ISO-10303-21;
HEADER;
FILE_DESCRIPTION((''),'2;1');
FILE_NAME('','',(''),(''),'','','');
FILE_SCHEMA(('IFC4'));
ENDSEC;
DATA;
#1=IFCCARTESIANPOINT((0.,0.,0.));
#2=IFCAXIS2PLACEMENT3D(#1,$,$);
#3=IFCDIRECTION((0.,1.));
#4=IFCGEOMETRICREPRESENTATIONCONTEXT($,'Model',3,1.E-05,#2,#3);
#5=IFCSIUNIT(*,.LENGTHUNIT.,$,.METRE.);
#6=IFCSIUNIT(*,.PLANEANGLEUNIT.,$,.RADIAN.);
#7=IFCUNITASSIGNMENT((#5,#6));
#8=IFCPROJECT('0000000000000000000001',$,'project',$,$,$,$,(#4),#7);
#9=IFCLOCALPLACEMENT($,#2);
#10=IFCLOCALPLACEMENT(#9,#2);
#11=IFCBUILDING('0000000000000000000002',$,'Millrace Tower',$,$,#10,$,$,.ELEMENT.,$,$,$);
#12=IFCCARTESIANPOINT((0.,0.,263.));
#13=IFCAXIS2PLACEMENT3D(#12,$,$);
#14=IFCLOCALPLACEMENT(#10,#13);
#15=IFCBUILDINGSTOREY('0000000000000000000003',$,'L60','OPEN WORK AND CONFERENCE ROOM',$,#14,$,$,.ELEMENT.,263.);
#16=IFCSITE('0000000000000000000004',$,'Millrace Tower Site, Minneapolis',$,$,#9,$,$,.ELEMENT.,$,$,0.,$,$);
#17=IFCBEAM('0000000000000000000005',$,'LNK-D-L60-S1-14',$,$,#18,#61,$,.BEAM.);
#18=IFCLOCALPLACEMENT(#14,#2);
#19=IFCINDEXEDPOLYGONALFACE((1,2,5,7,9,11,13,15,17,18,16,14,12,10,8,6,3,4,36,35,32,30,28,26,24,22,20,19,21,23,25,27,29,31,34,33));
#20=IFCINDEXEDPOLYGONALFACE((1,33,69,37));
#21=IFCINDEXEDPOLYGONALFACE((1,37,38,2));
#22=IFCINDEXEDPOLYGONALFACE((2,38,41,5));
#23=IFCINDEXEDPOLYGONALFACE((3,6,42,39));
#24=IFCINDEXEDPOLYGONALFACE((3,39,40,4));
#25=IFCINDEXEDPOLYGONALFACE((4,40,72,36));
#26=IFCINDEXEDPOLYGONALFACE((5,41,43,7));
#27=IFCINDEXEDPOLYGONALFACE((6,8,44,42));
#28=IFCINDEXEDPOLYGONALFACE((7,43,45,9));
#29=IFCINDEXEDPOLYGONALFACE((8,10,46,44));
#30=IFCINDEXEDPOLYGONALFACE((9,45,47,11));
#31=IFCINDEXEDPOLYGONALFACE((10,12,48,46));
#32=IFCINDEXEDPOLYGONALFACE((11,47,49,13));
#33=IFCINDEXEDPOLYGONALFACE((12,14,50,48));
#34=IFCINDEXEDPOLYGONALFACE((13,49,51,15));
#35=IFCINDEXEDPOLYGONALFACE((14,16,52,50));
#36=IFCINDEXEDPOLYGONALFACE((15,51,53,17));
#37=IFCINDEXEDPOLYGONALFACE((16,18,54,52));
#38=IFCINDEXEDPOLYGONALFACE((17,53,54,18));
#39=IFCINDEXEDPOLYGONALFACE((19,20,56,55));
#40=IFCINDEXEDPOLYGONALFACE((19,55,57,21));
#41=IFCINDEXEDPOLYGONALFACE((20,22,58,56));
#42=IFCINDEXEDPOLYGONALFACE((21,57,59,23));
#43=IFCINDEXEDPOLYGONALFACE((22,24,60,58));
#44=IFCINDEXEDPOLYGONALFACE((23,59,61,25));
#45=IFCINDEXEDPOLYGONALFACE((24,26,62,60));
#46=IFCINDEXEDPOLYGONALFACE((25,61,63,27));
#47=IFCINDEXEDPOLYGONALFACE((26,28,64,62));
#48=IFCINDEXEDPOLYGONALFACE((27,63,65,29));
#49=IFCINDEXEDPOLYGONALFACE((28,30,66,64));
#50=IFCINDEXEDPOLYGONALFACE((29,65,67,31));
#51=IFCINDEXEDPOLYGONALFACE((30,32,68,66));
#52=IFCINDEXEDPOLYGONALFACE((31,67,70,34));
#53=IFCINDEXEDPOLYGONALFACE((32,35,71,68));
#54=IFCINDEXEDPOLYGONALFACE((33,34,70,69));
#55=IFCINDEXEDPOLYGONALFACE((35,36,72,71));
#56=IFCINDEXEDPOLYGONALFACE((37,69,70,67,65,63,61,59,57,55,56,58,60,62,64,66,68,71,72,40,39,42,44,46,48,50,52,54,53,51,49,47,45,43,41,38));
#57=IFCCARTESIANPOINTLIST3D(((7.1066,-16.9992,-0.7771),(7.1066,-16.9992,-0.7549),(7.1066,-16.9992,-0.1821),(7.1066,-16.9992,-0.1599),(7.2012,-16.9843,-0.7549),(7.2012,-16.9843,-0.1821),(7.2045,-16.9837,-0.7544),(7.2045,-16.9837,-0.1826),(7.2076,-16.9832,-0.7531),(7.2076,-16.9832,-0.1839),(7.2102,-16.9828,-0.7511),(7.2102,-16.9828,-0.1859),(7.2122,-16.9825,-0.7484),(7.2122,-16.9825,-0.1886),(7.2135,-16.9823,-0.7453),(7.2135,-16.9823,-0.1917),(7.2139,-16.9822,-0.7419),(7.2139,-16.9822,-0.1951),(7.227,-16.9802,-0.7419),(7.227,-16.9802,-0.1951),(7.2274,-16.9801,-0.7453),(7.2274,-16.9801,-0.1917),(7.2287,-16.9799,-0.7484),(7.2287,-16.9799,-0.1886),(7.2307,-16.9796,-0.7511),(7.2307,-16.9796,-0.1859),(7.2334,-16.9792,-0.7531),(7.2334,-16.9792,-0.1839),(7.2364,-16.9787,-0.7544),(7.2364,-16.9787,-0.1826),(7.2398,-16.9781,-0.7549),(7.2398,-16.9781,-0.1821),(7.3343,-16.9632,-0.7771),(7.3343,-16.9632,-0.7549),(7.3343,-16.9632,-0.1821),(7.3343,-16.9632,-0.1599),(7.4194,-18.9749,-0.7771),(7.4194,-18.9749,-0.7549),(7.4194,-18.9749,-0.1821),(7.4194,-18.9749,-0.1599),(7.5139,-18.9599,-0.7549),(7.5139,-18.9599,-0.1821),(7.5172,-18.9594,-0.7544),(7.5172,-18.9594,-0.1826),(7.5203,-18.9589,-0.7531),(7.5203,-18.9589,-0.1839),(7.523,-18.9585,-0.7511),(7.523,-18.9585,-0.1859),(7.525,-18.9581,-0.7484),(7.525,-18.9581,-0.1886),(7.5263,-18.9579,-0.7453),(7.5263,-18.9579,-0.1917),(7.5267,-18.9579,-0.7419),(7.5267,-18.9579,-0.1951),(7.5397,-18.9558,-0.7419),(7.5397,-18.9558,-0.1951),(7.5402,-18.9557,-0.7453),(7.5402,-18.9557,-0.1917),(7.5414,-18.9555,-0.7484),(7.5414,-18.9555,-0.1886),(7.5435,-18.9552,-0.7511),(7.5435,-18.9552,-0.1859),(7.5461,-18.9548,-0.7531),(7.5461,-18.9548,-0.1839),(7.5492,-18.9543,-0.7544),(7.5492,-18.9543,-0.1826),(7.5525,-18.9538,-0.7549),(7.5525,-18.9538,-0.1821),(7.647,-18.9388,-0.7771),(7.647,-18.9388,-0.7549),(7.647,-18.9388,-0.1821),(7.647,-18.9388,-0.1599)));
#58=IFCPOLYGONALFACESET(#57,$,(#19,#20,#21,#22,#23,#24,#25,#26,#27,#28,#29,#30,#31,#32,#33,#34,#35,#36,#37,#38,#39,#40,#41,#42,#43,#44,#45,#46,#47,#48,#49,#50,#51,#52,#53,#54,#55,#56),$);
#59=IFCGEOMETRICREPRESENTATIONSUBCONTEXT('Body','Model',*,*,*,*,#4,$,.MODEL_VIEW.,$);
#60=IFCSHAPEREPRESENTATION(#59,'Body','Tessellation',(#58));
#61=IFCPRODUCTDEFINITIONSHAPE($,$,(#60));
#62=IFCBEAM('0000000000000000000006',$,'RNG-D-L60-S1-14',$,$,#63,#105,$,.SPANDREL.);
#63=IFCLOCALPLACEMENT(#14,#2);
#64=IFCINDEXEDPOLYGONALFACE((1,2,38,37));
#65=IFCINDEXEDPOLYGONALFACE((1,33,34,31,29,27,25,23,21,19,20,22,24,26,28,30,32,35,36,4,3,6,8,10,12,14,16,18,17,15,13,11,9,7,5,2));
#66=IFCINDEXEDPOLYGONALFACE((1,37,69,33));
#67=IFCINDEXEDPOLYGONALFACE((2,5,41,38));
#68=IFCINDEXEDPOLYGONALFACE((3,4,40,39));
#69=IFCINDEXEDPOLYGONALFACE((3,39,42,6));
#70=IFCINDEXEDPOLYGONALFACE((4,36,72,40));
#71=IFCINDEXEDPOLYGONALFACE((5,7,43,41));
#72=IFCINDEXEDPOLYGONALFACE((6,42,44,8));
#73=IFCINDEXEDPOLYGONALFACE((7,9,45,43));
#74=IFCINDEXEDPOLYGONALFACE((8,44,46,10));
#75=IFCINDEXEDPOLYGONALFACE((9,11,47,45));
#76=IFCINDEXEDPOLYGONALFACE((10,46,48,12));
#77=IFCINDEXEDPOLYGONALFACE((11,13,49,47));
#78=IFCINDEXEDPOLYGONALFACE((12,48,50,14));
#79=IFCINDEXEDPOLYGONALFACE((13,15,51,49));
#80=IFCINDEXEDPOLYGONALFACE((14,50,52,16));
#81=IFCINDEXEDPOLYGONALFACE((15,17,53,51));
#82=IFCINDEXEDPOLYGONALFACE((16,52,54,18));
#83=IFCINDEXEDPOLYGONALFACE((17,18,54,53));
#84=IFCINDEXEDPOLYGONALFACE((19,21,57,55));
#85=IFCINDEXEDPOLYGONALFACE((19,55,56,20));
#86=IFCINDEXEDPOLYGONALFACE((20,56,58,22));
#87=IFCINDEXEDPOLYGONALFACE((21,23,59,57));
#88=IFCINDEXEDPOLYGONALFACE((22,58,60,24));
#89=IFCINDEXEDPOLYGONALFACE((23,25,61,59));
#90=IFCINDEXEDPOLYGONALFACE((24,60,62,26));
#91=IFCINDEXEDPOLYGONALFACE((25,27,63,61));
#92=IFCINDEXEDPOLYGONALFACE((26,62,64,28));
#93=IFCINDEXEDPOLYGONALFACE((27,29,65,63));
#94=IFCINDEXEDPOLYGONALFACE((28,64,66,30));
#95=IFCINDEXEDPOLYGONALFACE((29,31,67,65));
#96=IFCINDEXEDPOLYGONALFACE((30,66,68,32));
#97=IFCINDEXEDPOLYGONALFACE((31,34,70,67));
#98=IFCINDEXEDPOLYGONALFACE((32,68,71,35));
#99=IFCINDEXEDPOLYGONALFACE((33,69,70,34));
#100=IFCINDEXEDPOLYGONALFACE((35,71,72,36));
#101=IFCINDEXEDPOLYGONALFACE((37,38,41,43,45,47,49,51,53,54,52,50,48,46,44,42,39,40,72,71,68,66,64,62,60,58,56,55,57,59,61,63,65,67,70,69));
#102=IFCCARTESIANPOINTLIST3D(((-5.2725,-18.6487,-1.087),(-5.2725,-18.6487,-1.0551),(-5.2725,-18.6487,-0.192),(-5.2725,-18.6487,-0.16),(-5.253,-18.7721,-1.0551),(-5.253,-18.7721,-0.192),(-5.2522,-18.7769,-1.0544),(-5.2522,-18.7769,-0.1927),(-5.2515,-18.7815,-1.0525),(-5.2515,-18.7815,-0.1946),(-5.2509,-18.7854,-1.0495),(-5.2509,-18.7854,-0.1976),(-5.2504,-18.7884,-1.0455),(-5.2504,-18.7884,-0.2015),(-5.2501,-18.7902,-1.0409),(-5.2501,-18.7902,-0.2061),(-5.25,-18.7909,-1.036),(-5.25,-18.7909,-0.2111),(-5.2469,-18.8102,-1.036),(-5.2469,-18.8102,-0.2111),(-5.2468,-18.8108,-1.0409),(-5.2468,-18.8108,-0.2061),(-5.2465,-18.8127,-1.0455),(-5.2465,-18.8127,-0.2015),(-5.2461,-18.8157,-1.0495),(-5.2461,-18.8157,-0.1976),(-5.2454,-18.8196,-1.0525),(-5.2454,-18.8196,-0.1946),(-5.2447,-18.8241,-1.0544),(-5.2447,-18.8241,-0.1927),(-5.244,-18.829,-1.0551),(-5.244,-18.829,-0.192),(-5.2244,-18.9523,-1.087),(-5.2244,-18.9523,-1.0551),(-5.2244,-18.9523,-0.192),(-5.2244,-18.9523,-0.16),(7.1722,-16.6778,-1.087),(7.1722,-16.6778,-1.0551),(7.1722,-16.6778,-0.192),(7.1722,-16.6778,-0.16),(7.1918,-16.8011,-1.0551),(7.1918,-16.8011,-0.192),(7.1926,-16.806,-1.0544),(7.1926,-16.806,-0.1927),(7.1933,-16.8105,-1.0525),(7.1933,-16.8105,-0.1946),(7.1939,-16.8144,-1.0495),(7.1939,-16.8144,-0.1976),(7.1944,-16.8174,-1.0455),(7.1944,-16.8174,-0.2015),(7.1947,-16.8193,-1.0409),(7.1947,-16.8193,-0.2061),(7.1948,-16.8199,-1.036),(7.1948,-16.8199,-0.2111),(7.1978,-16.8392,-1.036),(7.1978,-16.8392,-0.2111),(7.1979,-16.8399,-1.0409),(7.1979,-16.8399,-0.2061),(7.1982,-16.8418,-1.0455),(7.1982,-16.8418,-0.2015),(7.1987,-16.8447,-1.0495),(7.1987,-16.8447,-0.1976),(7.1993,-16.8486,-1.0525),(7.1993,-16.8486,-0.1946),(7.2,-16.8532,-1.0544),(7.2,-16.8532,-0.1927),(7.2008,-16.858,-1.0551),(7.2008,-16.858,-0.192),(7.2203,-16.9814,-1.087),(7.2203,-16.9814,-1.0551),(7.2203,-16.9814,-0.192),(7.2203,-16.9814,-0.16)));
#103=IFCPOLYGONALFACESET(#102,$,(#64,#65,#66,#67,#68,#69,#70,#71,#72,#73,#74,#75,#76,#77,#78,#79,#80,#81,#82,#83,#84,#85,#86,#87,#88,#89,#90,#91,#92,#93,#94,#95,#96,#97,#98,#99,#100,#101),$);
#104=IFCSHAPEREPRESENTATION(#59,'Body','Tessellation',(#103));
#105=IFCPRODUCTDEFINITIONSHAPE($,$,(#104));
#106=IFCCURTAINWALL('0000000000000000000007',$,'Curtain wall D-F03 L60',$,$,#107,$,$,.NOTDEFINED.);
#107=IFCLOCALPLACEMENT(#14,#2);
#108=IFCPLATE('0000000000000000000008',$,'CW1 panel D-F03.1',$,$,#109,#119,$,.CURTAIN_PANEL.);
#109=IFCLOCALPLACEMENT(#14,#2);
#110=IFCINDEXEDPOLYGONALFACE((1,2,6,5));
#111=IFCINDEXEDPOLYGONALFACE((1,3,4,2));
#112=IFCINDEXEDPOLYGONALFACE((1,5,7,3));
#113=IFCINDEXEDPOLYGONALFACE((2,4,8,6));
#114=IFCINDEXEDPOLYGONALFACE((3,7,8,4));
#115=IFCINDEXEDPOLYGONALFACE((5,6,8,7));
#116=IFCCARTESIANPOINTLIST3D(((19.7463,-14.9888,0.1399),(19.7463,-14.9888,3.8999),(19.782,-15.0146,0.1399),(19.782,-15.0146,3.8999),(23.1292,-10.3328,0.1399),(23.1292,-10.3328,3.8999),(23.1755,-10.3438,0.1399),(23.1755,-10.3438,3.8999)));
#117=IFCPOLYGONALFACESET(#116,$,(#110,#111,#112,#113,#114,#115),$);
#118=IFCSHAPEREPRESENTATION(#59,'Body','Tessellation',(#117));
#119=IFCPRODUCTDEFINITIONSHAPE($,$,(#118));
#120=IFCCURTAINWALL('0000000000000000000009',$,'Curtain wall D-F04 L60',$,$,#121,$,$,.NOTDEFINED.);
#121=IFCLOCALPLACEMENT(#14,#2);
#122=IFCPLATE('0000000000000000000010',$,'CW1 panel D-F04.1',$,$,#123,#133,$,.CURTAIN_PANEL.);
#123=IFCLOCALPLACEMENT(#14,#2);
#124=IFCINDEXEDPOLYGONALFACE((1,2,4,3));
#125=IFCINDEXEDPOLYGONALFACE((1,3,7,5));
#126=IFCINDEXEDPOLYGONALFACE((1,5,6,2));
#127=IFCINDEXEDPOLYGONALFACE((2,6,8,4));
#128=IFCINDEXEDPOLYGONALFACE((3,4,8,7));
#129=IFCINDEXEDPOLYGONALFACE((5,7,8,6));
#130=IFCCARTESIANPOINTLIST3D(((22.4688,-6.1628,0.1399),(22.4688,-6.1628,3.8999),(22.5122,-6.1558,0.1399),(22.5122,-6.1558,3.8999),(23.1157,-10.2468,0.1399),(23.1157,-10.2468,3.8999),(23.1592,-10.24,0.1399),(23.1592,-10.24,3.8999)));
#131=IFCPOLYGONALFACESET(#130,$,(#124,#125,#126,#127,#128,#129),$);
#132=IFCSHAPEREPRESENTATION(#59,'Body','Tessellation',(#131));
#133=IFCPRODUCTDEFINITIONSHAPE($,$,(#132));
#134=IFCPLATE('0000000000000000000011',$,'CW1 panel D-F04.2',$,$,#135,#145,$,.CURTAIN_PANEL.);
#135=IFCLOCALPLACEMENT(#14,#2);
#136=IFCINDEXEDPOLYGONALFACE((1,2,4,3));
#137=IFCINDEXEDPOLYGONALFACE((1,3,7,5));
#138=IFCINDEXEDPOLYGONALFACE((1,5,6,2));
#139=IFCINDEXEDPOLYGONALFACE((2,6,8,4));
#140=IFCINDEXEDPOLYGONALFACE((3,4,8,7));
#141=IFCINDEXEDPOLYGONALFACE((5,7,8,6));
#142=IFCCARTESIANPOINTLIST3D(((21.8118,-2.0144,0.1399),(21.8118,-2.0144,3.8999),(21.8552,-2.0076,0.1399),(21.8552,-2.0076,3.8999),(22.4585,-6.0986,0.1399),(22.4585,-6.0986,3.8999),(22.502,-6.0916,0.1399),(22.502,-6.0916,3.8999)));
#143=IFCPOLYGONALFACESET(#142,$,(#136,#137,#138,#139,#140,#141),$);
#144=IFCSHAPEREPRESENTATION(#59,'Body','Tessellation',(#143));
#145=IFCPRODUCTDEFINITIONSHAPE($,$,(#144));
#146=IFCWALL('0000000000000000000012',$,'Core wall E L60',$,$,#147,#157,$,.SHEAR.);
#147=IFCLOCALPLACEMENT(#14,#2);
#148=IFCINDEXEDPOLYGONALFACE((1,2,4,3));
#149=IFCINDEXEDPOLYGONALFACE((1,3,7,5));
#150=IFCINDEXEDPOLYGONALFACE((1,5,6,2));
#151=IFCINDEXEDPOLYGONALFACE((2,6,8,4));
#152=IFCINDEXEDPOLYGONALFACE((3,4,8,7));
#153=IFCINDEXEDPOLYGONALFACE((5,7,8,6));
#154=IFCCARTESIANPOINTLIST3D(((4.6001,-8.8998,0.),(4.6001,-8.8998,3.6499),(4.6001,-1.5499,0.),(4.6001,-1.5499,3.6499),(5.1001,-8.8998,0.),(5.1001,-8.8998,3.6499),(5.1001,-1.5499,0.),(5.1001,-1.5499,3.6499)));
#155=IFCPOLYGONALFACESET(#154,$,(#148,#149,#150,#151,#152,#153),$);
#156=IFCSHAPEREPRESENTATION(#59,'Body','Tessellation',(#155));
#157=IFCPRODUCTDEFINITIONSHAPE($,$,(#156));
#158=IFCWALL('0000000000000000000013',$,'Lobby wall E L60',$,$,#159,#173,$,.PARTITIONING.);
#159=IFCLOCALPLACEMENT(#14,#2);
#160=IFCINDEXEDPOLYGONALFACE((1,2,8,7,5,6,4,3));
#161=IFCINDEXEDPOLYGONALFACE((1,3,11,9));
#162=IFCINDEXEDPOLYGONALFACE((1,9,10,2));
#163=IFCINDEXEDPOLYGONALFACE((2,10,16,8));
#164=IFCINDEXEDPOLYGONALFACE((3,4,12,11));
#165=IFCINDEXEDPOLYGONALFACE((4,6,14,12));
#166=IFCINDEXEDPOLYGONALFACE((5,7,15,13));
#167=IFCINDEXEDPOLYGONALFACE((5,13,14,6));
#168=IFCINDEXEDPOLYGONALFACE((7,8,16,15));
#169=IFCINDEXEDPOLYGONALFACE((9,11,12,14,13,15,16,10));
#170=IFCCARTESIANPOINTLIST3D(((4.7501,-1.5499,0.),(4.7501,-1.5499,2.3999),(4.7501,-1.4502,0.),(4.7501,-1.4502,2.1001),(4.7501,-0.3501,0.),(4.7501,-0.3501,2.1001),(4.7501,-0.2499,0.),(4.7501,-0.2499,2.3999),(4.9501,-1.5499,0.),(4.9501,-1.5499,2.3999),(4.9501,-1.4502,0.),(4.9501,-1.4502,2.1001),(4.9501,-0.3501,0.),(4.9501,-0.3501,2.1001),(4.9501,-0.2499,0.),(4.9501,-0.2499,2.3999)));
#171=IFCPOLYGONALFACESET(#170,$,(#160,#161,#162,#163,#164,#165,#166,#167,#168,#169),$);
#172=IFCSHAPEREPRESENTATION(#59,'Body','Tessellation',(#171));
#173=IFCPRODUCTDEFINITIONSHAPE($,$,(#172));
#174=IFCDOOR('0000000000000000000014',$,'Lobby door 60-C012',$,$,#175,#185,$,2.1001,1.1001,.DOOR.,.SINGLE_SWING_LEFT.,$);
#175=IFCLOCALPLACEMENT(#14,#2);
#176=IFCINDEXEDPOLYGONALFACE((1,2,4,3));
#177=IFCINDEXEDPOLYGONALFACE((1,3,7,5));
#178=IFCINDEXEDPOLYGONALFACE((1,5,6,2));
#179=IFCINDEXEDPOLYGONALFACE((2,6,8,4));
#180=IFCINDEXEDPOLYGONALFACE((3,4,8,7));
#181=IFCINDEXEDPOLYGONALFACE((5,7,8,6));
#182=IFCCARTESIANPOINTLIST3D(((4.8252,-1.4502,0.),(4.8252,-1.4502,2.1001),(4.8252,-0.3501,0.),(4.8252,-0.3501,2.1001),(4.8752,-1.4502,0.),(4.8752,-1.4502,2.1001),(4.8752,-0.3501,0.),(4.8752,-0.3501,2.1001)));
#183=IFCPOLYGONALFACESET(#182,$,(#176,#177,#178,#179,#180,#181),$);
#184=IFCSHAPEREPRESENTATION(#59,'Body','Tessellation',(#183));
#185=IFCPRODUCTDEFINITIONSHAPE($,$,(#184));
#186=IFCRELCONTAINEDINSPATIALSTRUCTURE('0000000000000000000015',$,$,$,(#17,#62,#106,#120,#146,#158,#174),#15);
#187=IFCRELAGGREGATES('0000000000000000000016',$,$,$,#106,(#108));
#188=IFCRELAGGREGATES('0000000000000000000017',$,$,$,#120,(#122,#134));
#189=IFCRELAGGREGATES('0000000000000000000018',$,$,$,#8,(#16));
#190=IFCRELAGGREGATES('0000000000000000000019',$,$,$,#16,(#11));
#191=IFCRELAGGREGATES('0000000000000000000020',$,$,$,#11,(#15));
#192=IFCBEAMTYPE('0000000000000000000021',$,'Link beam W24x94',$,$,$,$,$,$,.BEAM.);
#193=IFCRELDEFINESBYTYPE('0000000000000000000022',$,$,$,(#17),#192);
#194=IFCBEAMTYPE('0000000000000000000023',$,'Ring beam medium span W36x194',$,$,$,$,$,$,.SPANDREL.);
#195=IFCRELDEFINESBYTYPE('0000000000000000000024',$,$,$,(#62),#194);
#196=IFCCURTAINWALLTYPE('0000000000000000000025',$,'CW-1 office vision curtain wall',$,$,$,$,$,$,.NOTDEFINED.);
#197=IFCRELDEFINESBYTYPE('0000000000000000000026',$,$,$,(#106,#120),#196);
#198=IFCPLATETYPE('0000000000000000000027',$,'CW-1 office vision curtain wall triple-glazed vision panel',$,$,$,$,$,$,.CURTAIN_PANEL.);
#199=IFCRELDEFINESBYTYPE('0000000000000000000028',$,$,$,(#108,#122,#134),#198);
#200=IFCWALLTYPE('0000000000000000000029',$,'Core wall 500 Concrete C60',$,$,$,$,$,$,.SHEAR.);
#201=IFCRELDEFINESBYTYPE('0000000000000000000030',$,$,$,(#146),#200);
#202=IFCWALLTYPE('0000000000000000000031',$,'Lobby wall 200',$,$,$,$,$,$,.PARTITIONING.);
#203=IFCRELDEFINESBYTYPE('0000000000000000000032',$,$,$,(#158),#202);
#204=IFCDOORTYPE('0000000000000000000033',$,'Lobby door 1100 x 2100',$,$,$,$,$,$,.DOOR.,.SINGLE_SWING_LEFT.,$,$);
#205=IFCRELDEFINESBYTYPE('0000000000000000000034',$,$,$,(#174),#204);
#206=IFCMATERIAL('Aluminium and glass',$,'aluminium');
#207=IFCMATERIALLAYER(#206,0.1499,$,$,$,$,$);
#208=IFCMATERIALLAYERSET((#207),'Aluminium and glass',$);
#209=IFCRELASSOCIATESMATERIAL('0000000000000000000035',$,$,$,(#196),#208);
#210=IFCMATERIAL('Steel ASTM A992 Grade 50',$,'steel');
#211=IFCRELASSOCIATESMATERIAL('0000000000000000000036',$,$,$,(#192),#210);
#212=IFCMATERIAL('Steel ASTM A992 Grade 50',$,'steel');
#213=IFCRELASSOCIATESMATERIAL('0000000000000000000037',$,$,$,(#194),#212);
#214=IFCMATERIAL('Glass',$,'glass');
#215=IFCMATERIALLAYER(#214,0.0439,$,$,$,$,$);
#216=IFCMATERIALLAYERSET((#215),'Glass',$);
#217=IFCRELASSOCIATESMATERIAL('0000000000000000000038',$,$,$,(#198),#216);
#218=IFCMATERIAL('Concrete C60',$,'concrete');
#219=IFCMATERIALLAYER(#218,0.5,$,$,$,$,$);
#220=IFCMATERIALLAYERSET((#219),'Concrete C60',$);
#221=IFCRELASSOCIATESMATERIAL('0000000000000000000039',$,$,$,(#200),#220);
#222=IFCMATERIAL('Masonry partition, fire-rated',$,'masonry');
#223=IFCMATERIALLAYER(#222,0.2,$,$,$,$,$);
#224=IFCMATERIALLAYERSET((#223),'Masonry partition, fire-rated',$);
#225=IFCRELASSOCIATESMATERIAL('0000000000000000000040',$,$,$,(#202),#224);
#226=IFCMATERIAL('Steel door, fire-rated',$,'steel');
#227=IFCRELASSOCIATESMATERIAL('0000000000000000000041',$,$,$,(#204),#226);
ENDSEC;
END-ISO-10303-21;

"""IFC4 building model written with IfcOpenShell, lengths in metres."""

from ifc_helpers import new_model, si_unit, direction, frame, frame_2d, origin, origin_2d, place, context, subcontext, project, spatial, polyline, rectangle, i_section, outline, extrude, material, layer, layer_set, material_profile, profile_set, type_object, element, fill, aggregate, save


model = new_model("IFC4")

# Units and contexts
model_context = context("Model", 3, precision=1e-05, world=origin(), true_north=direction((0.0, 1.0)))
body_context = subcontext(model_context, "Body", "Model", "MODEL_VIEW")
ifc_project = project(units=[si_unit("LENGTHUNIT", "METRE"), si_unit("PLANEANGLEUNIT", "RADIAN")], contexts=[model_context])

# Site, building, storey
site_placement = place(None, origin())
site = spatial("IfcSite", under=ifc_project, at=site_placement, Name="Millrace Tower Site, Minneapolis", CompositionType="ELEMENT", RefElevation=0.0)
building_placement = place(site_placement, origin())
building = spatial("IfcBuilding", under=site, at=building_placement, Name="Millrace Tower", CompositionType="ELEMENT")
storey_placement = place(building_placement, frame((0.0, 0.0, 263.0)))
storey = spatial("IfcBuildingStorey", under=building, at=storey_placement, Name="L60", Description="OPEN WORK AND CONFERENCE ROOM", CompositionType="ELEMENT", Elevation=263.0)

# Shared definitions
ifc_material_1 = material(Name="Aluminium and glass", Category="aluminium")
ifc_layer_1 = layer(ifc_material_1, 0.1499)
ifc_layer_set_1 = layer_set([ifc_layer_1], Name="Aluminium and glass")
curtain_wall_type = type_object("IfcCurtainWallType", Name="CW-1 office vision curtain wall", PredefinedType="NOTDEFINED", material=ifc_layer_set_1)
placement_1 = place(storey_placement, origin())

# Beams
ifc_material_2 = material(Name="Steel ASTM A992 Grade 50", Category="steel")
ifc_material_profile_1 = material_profile(ifc_material_2, i_section(OverallWidth=0.2305, OverallDepth=0.6172, WebThickness=0.0132, FlangeThickness=0.0222, FilletRadius=0.0129, at=origin_2d()))
ifc_profile_set_1 = profile_set([ifc_material_profile_1], Name="Steel ASTM A992 Grade 50")
beam_type_1 = type_object("IfcBeamType", Name="Link beam W24x94", PredefinedType="BEAM", material=ifc_profile_set_1)
beam_1_placement = place(storey_placement, frame((7.2205, -16.9812, -0.4685), z_axis=(0.156357, -0.987701, 0.0), x_axis=(0.987701, 0.156357, 0.0)))
element("IfcBeam", 1, at=beam_1_placement, inside=storey, type_object=beam_type_1, Name="LNK-D-L60-S1-14", PredefinedType="BEAM", context=body_context, shape_type="SweptSolid", body=[
    extrude(i_section(OverallWidth=0.2305, OverallDepth=0.6172, WebThickness=0.0132, FlangeThickness=0.0222, FilletRadius=0.0129, at=origin_2d()), origin(), (0.0, 0.0, 1.0), 2.0002),
])
ifc_material_3 = material(Name="Steel ASTM A992 Grade 50", Category="steel")
ifc_material_profile_2 = material_profile(ifc_material_3, i_section(OverallWidth=0.3074, OverallDepth=0.927, WebThickness=0.0195, FlangeThickness=0.032, FilletRadius=0.019, at=origin_2d()))
ifc_profile_set_2 = profile_set([ifc_material_profile_2], Name="Steel ASTM A992 Grade 50")
beam_type_2 = type_object("IfcBeamType", Name="Ring beam medium span W36x194", PredefinedType="SPANDREL", material=ifc_profile_set_2)
beam_2_placement = place(storey_placement, frame((7.1963, -16.8296, -0.6235), z_axis=(-0.98769, -0.156425, 0.0), x_axis=(0.156425, -0.98769, 0.0)))
element("IfcBeam", 2, at=beam_2_placement, inside=storey, type_object=beam_type_2, Name="RNG-D-L60-S1-14", PredefinedType="SPANDREL", context=body_context, shape_type="SweptSolid", body=[
    extrude(i_section(OverallWidth=0.3074, OverallDepth=0.927, WebThickness=0.0195, FlangeThickness=0.032, FilletRadius=0.019, at=origin_2d()), origin(), (0.0, 0.0, 1.0), 12.5999),
])

# Curtain wall, plate
curtain_wall_1 = element("IfcCurtainWall", 3, at=placement_1, inside=storey, type_object=curtain_wall_type, Name="Curtain wall D-F03 L60", PredefinedType="NOTDEFINED")
ifc_material_4 = material(Name="Glass", Category="glass")
ifc_layer_2 = layer(ifc_material_4, 0.0439)
ifc_layer_set_2 = layer_set([ifc_layer_2], Name="Glass")
plate_type = type_object("IfcPlateType", Name="CW-1 office vision curtain wall triple-glazed vision panel", PredefinedType="CURTAIN_PANEL", material=ifc_layer_set_2)
placement_2 = place(storey_placement, frame((0.0, 0.0, 0.1399)))
plate_1 = element("IfcPlate", 4, at=placement_2, type_object=plate_type, Name="CW1 panel D-F03.1", PredefinedType="CURTAIN_PANEL", context=body_context, shape_type="SweptSolid", body=[
    extrude(outline(polyline([(19.782, -15.0146), (23.1755, -10.3438), (23.1292, -10.3328), (19.7463, -14.9888), (19.782, -15.0146)])), origin(), (0.0, 0.0, 1.0), 3.76),
])
aggregate(curtain_wall_1, [plate_1])

# Curtain wall, plates
curtain_wall_2 = element("IfcCurtainWall", 5, at=placement_1, inside=storey, type_object=curtain_wall_type, Name="Curtain wall D-F04 L60", PredefinedType="NOTDEFINED")
plate_2 = element("IfcPlate", 6, at=placement_2, type_object=plate_type, Name="CW1 panel D-F04.1", PredefinedType="CURTAIN_PANEL", context=body_context, shape_type="SweptSolid", body=[
    extrude(outline(polyline([(23.1592, -10.24), (22.5122, -6.1558), (22.4688, -6.1628), (23.1157, -10.2468), (23.1592, -10.24)])), origin(), (0.0, 0.0, 1.0), 3.76),
])
plate_3 = element("IfcPlate", 7, at=placement_2, type_object=plate_type, Name="CW1 panel D-F04.2", PredefinedType="CURTAIN_PANEL", context=body_context, shape_type="SweptSolid", body=[
    extrude(outline(polyline([(22.502, -6.0916), (21.8552, -2.0076), (21.8118, -2.0144), (22.4585, -6.0986), (22.502, -6.0916)])), origin(), (0.0, 0.0, 1.0), 3.76),
])
aggregate(curtain_wall_2, [plate_2, plate_3])

# Wall
ifc_material_5 = material(Name="Concrete C60", Category="concrete")
ifc_layer_3 = layer(ifc_material_5, 0.5)
ifc_layer_set_3 = layer_set([ifc_layer_3], Name="Concrete C60")
wall_type_1 = type_object("IfcWallType", Name="Core wall 500 Concrete C60", PredefinedType="SHEAR", material=ifc_layer_set_3)
wall_1_placement = place(storey_placement, frame((4.8501, -1.55, 0.0), z_axis=(0.0, 0.0, 1.0), x_axis=(0.0, -1.0, 0.0)))
element("IfcWall", 8, at=wall_1_placement, inside=storey, type_object=wall_type_1, Name="Core wall E L60", PredefinedType="SHEAR", context=body_context, shape_type="SweptSolid", body=[
    extrude(rectangle(XDim=7.3499, YDim=0.5, at=frame_2d((3.6748, 0.0))), origin(), (0.0, 0.0, 1.0), 3.6499),
])

# Wall, opening, door
ifc_material_6 = material(Name="Masonry partition, fire-rated", Category="masonry")
ifc_layer_4 = layer(ifc_material_6, 0.2)
ifc_layer_set_4 = layer_set([ifc_layer_4], Name="Masonry partition, fire-rated")
wall_type_2 = type_object("IfcWallType", Name="Lobby wall 200", PredefinedType="PARTITIONING", material=ifc_layer_set_4)
wall_2_placement = place(storey_placement, frame((4.8501, -0.25, 0.0), z_axis=(0.0, 0.0, 1.0), x_axis=(0.0, -1.0, 0.0)))
wall_2 = element("IfcWall", 9, at=wall_2_placement, inside=storey, type_object=wall_type_2, Name="Lobby wall E L60", PredefinedType="PARTITIONING", context=body_context, shape_type="SweptSolid", body=[
    extrude(rectangle(XDim=1.3, YDim=0.2, at=frame_2d((0.6499, 0.0))), origin(), (0.0, 0.0, 1.0), 2.3999),
])
opening_placement = place(wall_2_placement, frame((0.1001, 0.0, 0.0)))
opening = element("IfcOpeningElement", 10, at=opening_placement, cuts=wall_2, PredefinedType="OPENING", context=body_context, shape_type="SweptSolid", body=[
    extrude(rectangle(XDim=1.1001, YDim=2.1001, at=frame_2d((0.55, 1.05))), frame((0.0, 0.1099, 0.0), z_axis=(0.0, -1.0, 0.0), x_axis=(1.0, 0.0, 0.0)), (0.0, 0.0, 1.0), 0.22),
])
ifc_material_7 = material(Name="Steel door, fire-rated", Category="steel")
door_type = type_object("IfcDoorType", Name="Lobby door 1100 x 2100", OperationType="SINGLE_SWING_LEFT", PredefinedType="DOOR", material=ifc_material_7)
door_placement = place(opening_placement, frame((1.1001, 0.0, 0.0), z_axis=(0.0, 0.0, 1.0), x_axis=(-1.0, 0.0, 0.0)))
door = element("IfcDoor", 11, at=door_placement, inside=storey, type_object=door_type, Name="Lobby door 60-C012", OperationType="SINGLE_SWING_LEFT", OverallHeight=2.1001, OverallWidth=1.1001, PredefinedType="DOOR", context=body_context, shape_type="SweptSolid", body=[
    extrude(rectangle(XDim=1.1001, YDim=2.1001, at=frame_2d((0.55, 1.05))), frame((0.0, 0.0249, 0.0), z_axis=(0.0, -1.0, 0.0), x_axis=(1.0, 0.0, 0.0)), (0.0, 0.0, 1.0), 0.05),
])
fill(opening, door)

save(model, "model.ifc")
